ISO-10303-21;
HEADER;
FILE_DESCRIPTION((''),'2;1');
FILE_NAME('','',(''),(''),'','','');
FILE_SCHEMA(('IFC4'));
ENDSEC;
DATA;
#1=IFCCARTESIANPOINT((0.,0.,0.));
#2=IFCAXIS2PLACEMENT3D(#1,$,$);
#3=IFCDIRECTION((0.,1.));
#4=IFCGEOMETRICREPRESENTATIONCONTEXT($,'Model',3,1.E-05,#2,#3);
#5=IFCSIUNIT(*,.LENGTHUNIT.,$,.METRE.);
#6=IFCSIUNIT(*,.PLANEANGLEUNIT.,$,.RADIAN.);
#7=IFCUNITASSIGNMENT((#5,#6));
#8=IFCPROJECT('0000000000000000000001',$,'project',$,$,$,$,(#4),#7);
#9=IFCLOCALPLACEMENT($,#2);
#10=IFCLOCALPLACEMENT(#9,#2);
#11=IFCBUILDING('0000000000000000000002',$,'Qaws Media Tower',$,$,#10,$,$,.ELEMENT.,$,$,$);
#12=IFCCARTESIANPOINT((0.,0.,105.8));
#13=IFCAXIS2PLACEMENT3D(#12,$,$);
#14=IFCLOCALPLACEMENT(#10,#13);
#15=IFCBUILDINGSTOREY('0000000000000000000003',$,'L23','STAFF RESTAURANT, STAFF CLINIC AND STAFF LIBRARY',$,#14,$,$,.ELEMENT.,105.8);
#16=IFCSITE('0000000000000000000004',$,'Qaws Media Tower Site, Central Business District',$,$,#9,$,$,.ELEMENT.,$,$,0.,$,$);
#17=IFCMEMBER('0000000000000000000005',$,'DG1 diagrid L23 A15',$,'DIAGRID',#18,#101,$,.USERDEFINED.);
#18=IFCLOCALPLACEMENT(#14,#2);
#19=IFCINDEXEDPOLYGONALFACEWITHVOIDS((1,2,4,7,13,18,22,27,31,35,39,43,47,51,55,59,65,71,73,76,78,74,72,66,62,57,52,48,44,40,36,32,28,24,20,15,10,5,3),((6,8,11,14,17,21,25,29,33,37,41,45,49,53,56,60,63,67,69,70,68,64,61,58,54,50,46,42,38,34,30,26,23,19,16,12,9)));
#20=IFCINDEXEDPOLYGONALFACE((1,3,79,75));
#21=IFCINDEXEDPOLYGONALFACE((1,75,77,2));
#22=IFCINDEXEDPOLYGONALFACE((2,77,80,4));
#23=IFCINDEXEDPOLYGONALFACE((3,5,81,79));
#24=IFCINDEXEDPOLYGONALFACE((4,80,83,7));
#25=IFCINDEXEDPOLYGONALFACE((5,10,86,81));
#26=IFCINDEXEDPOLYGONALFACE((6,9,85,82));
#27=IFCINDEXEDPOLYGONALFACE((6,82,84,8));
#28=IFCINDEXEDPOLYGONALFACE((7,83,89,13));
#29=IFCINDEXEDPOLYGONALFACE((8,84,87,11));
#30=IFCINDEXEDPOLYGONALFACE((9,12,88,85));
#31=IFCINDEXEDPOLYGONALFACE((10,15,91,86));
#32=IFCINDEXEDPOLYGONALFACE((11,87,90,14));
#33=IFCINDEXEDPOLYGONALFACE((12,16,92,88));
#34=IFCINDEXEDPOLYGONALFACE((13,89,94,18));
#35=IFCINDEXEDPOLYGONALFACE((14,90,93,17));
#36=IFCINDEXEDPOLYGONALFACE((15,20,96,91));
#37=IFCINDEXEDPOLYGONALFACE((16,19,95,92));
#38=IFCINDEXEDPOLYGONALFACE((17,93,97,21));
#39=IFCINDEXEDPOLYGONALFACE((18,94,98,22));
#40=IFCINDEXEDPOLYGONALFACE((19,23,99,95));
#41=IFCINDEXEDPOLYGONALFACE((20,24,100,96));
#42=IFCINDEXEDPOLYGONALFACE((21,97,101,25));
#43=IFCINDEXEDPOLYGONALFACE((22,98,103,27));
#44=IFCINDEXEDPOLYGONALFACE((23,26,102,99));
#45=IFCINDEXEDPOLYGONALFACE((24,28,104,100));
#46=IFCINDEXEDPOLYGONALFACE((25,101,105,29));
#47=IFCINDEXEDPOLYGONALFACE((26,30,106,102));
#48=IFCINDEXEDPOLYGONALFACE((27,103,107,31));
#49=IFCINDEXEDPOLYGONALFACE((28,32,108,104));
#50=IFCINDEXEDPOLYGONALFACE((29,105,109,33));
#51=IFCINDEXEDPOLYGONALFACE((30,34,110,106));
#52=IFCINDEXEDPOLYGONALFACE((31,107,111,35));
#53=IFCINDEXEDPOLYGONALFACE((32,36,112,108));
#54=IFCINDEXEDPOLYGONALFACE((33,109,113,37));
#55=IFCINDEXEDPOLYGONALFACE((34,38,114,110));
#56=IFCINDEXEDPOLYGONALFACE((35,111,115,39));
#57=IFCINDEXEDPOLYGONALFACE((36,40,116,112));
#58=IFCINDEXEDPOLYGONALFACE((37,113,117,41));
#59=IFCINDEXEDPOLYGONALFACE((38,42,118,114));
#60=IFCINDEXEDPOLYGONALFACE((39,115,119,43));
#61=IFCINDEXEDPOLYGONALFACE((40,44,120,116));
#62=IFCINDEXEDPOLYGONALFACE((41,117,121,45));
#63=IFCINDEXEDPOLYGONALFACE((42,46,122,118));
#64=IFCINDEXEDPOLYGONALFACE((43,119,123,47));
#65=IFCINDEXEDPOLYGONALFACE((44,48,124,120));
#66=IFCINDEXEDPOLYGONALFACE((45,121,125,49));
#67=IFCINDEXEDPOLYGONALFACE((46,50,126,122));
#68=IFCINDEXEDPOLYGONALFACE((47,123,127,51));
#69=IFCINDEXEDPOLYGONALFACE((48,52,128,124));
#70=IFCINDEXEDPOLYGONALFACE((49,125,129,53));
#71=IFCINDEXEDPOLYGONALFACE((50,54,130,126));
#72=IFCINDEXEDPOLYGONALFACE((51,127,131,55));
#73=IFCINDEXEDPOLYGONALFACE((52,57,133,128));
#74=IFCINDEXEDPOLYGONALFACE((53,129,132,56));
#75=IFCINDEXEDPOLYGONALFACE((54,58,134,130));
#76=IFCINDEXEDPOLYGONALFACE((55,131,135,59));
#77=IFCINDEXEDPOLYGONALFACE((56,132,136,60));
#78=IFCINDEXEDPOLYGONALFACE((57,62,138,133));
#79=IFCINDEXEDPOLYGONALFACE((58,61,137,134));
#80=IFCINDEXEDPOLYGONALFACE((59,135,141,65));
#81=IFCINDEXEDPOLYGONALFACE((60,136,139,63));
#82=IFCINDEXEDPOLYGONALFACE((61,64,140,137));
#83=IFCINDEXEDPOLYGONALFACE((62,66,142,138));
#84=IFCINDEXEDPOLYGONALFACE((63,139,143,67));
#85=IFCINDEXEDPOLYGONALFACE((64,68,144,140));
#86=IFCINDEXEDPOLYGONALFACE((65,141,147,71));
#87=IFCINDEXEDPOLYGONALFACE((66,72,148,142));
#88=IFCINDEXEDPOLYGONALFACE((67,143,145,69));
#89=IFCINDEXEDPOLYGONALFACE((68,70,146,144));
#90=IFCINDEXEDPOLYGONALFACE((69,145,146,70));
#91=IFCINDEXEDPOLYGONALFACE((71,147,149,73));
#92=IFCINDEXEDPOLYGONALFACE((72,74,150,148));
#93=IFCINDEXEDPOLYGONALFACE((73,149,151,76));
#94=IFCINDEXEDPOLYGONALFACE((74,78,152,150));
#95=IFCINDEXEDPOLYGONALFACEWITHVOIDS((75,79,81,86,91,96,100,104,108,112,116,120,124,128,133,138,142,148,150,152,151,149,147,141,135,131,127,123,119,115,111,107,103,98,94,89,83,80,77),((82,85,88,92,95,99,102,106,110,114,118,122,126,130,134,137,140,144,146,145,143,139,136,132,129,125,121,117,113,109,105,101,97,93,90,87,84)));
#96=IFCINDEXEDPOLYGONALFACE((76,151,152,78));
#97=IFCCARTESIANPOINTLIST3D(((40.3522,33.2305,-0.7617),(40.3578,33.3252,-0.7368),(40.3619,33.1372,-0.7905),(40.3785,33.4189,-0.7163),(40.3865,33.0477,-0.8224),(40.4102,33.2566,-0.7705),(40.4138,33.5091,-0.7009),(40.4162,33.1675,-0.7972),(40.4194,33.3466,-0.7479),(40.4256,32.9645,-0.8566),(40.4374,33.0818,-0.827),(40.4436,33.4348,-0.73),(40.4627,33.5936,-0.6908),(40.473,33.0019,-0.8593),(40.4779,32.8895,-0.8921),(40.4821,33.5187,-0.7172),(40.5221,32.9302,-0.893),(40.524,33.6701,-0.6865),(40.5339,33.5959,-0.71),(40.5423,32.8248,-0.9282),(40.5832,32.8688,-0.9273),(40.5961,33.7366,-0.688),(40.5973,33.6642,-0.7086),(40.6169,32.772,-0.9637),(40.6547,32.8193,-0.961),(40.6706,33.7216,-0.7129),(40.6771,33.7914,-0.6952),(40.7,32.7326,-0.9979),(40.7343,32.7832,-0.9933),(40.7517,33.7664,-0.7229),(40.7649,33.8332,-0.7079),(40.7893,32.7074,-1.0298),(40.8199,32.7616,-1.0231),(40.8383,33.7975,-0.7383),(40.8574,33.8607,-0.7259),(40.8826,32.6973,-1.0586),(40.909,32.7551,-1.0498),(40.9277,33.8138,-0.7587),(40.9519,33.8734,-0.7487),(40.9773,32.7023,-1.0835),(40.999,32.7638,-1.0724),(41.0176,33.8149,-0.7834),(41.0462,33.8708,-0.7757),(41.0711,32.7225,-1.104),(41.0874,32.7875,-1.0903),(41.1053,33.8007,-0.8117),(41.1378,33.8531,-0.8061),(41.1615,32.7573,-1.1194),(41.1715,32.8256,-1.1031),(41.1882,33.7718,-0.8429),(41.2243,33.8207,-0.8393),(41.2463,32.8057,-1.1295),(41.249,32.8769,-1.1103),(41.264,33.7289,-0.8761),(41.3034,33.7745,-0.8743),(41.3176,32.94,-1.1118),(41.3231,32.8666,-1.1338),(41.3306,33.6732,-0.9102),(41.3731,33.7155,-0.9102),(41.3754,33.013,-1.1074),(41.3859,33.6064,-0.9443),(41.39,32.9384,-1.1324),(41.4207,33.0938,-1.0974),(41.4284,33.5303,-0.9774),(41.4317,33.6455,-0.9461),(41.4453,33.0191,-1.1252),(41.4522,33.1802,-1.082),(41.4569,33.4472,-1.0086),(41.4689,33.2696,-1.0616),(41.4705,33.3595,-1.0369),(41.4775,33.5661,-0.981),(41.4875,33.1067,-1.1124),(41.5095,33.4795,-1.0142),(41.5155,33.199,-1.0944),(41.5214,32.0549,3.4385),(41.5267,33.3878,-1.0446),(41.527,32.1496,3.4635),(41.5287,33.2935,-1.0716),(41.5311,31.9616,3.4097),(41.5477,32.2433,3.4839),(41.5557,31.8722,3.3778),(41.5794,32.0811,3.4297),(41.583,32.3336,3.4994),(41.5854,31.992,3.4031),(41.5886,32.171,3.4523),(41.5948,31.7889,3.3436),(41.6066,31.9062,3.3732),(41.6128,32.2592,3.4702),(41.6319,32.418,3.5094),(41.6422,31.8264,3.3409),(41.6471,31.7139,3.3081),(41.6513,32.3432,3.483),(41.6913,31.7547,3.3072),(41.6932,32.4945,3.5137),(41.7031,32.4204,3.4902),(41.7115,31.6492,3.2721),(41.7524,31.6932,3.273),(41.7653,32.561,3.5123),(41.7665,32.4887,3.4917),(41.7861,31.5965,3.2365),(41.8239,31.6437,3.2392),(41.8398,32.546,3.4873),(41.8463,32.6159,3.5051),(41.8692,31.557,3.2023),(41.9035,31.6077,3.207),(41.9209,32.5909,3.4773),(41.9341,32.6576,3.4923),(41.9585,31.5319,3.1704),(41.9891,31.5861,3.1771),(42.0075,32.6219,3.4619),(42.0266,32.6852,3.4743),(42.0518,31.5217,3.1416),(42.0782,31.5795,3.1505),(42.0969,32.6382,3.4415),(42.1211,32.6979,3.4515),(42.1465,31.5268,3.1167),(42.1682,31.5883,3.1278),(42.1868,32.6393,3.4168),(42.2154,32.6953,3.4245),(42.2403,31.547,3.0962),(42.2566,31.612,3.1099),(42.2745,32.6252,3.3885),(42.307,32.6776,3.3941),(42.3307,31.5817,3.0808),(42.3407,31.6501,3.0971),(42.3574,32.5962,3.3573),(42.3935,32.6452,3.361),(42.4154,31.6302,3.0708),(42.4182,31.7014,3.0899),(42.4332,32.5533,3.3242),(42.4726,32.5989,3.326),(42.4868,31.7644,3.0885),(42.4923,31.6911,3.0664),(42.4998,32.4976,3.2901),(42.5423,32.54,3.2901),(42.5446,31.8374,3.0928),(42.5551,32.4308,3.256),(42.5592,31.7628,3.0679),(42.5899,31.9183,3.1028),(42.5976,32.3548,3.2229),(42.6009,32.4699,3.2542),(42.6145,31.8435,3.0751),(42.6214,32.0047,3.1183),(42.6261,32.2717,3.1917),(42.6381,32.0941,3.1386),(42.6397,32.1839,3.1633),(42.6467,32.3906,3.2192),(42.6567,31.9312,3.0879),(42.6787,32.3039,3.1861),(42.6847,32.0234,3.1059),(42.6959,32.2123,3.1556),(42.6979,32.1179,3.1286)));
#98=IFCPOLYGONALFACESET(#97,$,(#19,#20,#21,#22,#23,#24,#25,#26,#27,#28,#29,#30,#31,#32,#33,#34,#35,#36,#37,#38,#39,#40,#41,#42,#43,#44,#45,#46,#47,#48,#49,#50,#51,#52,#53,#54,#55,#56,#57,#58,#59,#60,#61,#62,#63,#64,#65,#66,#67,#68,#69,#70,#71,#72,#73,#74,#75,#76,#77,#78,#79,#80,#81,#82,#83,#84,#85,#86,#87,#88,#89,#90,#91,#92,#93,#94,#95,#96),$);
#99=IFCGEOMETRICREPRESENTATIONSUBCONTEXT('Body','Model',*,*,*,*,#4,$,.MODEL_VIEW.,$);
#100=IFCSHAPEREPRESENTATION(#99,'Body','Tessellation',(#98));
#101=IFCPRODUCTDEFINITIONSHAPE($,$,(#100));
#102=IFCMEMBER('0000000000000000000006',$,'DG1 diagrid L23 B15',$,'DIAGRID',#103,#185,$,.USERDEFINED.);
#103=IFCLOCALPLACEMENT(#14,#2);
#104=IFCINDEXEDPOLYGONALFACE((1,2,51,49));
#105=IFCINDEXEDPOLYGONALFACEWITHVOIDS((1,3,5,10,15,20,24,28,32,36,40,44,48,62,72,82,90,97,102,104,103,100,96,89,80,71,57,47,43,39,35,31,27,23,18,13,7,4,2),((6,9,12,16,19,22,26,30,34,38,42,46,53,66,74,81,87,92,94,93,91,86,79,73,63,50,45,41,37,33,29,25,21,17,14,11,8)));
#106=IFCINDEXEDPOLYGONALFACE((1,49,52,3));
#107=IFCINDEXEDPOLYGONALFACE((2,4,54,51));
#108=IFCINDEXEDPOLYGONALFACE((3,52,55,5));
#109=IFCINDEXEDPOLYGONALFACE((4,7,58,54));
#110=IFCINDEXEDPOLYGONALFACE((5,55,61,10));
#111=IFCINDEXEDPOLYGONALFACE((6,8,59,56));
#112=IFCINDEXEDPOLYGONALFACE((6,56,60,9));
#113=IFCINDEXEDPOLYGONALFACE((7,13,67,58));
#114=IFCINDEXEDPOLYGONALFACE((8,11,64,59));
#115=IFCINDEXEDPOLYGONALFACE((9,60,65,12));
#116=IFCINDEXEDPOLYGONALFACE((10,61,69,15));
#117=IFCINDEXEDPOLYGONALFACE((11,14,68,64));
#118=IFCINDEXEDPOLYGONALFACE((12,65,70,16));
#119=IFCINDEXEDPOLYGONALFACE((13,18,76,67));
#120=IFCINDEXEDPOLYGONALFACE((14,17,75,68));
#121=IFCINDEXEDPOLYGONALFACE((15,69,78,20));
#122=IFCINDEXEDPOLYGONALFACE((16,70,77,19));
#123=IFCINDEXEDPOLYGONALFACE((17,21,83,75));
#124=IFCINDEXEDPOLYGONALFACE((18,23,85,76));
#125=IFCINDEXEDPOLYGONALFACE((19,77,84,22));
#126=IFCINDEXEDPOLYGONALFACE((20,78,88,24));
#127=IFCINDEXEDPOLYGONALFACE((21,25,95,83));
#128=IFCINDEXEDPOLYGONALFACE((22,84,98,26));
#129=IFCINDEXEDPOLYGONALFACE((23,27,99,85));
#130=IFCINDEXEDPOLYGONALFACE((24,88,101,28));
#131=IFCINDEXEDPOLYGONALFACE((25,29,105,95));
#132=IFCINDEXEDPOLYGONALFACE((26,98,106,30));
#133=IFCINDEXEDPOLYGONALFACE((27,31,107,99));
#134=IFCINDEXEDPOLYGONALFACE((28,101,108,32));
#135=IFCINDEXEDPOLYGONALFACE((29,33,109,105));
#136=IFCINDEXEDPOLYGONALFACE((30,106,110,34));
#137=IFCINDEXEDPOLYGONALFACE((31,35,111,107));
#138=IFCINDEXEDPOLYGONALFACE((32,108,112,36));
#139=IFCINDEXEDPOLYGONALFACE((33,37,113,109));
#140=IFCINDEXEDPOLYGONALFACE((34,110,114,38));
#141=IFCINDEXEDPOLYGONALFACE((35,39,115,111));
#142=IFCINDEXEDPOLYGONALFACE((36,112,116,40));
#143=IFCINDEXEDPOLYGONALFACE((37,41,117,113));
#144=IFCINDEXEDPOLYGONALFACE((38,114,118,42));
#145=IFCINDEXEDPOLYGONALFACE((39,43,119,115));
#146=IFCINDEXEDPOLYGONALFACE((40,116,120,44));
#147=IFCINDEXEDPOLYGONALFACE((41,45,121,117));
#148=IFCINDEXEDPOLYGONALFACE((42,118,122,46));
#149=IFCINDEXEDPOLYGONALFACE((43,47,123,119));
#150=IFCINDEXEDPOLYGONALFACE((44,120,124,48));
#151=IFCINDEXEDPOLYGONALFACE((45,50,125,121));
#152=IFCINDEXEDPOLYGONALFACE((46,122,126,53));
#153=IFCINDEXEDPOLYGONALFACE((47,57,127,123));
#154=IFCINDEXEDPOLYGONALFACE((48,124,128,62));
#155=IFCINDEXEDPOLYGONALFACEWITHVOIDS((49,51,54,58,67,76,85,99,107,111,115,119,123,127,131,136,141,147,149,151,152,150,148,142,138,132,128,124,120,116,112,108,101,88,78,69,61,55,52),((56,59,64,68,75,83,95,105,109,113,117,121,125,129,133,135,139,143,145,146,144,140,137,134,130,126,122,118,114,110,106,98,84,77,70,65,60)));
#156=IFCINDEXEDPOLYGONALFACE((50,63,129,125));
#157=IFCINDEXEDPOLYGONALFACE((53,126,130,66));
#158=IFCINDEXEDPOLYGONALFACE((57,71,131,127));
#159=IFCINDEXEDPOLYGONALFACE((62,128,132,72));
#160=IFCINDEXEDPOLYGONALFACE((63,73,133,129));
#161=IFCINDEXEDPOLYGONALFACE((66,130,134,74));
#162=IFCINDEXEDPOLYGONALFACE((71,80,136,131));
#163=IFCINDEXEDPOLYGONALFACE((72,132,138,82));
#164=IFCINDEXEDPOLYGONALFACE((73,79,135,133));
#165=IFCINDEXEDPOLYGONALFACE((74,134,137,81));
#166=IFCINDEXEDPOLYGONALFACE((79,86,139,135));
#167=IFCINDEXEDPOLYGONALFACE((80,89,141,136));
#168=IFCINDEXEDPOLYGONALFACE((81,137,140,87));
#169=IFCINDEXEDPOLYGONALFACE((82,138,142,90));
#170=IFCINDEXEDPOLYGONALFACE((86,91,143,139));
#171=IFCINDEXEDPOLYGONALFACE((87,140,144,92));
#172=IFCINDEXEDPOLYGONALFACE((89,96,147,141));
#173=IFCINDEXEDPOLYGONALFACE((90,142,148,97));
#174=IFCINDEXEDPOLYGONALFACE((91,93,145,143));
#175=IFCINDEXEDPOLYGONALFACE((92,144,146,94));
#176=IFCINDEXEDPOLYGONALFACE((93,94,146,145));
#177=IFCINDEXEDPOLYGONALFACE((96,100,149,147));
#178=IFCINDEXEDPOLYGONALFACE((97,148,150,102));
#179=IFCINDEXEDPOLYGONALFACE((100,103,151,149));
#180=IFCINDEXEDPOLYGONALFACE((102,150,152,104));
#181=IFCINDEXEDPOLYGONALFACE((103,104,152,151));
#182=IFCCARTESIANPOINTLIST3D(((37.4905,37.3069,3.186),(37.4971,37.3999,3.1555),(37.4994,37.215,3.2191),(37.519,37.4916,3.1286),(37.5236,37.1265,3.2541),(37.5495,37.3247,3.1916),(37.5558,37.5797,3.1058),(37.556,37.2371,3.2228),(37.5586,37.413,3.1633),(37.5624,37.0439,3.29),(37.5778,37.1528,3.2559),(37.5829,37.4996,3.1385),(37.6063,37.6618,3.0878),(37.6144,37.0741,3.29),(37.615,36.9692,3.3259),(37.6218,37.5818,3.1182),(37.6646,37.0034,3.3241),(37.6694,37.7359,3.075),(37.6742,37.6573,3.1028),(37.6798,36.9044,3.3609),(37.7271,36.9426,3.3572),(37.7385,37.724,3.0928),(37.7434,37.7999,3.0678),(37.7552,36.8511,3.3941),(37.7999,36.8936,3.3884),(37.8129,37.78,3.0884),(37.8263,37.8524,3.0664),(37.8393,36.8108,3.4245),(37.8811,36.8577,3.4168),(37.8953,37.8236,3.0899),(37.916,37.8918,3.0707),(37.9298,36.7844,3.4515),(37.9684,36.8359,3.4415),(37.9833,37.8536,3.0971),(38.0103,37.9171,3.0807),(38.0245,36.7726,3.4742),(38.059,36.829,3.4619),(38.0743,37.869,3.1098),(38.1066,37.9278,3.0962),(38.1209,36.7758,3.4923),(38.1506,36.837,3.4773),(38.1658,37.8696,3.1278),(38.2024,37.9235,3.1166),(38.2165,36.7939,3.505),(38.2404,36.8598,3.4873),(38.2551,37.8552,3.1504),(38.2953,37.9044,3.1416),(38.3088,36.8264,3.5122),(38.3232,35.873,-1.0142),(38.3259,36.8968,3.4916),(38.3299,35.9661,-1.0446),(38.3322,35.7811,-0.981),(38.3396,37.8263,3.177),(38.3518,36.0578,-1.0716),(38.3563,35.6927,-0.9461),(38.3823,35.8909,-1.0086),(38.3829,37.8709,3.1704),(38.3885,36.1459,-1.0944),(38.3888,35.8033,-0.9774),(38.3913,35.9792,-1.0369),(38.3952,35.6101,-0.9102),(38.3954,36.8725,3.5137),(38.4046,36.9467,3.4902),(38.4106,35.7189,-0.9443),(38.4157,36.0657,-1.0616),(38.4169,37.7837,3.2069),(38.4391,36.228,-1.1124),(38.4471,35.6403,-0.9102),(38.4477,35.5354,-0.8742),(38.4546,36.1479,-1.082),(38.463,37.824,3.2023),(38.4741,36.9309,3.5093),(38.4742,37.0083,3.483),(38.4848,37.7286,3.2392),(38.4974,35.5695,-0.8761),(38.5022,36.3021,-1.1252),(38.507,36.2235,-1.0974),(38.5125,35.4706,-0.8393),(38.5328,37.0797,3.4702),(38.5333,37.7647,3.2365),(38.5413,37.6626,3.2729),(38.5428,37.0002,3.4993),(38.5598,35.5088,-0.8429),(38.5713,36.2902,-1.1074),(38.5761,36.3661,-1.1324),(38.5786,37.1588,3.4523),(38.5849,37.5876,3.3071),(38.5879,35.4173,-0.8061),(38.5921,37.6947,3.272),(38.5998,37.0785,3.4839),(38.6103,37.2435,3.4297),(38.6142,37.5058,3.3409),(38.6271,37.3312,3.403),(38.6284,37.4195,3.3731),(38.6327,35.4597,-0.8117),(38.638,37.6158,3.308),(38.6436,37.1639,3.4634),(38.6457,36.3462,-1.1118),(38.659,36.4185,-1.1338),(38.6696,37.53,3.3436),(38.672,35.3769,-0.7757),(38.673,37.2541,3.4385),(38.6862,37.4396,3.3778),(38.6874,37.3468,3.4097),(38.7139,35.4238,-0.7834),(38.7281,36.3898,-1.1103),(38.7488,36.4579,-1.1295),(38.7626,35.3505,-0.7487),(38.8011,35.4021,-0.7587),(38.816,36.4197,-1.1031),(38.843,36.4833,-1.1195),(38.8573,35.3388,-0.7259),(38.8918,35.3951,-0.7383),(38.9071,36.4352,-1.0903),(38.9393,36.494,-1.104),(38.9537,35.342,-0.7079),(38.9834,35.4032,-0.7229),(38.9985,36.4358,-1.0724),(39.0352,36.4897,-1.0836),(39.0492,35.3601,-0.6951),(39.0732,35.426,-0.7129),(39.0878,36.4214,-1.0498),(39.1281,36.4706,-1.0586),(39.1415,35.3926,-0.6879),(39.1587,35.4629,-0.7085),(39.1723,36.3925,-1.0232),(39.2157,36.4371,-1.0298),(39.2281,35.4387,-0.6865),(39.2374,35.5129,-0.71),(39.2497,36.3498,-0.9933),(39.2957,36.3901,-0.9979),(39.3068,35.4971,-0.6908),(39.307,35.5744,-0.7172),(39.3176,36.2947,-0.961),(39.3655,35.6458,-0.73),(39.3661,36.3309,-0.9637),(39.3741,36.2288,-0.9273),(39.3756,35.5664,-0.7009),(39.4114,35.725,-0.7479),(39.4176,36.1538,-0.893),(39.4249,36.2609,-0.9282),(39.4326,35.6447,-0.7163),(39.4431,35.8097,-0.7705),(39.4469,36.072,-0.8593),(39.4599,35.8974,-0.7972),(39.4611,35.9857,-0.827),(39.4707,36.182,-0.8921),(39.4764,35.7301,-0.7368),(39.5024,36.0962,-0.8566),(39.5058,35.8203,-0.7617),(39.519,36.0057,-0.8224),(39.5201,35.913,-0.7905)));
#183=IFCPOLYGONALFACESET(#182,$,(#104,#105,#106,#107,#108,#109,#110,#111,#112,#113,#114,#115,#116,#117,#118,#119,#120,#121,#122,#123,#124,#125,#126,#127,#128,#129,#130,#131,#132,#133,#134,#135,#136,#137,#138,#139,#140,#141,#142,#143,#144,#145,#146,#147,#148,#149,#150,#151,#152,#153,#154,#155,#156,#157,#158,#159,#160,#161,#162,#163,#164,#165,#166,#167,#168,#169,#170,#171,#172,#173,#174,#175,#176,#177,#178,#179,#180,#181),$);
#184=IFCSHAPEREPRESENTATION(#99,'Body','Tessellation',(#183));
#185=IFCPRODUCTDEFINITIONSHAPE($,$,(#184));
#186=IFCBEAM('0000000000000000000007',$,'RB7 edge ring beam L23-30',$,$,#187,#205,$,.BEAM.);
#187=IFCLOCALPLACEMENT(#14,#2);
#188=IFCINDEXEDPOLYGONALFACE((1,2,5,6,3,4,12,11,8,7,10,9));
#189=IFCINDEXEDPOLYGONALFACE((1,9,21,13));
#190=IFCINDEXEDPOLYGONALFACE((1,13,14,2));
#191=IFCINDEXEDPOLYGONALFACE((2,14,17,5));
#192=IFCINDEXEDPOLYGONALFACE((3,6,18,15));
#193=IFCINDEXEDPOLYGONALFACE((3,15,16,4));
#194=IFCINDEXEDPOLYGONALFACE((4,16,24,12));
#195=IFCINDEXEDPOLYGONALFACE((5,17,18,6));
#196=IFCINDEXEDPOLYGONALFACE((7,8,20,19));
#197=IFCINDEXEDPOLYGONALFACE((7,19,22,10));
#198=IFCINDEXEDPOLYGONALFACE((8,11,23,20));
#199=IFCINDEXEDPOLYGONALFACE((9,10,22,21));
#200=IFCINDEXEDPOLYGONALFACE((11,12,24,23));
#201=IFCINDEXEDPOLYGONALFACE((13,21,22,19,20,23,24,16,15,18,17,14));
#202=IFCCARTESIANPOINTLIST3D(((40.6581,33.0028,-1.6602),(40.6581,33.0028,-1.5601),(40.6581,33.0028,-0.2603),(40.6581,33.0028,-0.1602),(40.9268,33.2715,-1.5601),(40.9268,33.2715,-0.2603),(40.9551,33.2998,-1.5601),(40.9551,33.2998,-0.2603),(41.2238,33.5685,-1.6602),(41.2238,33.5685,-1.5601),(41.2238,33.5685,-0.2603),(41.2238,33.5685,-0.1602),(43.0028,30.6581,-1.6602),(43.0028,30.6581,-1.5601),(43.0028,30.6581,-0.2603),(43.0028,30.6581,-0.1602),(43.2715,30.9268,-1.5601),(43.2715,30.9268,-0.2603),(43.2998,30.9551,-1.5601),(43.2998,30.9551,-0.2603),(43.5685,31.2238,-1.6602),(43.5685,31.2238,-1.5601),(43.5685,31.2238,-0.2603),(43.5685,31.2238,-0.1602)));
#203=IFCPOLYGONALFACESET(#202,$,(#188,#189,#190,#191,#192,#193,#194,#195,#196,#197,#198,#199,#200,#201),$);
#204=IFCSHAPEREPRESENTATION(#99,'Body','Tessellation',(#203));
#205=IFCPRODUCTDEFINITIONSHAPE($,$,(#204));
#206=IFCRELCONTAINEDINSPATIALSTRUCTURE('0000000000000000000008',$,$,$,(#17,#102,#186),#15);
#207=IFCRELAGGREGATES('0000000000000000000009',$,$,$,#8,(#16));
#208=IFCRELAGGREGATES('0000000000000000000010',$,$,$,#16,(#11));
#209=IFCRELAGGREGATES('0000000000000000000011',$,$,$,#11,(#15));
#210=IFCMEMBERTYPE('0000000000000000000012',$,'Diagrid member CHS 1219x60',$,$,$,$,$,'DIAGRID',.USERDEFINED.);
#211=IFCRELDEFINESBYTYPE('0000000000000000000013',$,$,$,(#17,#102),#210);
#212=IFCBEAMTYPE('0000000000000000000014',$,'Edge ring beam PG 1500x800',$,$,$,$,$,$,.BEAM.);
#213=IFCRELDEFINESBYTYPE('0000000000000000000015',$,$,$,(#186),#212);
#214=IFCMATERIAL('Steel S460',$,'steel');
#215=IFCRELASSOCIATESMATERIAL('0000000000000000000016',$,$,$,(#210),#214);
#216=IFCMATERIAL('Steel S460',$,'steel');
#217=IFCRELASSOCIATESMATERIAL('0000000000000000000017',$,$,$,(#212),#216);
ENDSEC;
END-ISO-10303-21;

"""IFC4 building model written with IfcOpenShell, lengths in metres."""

from ifc_helpers import new_model, si_unit, direction, frame, origin, origin_2d, place, context, subcontext, project, spatial, hollow_circle, i_section, extrude, material, material_profile, profile_set, type_object, element, save


model = new_model("IFC4")

# Units and contexts
model_context = context("Model", 3, precision=1e-05, world=origin(), true_north=direction((0.0, 1.0)))
body_context = subcontext(model_context, "Body", "Model", "MODEL_VIEW")
ifc_project = project(units=[si_unit("LENGTHUNIT", "METRE"), si_unit("PLANEANGLEUNIT", "RADIAN")], contexts=[model_context])

# Site, building, storey
site_placement = place(None, origin())
site = spatial("IfcSite", under=ifc_project, at=site_placement, Name="Qaws Media Tower Site, Central Business District", CompositionType="ELEMENT", RefElevation=0.0)
building_placement = place(site_placement, origin())
building = spatial("IfcBuilding", under=site, at=building_placement, Name="Qaws Media Tower", CompositionType="ELEMENT")
storey_placement = place(building_placement, frame((0.0, 0.0, 105.8)))
storey = spatial("IfcBuildingStorey", under=building, at=storey_placement, Name="L23", Description="STAFF RESTAURANT, STAFF CLINIC AND STAFF LIBRARY", CompositionType="ELEMENT", Elevation=105.8)

# Members
ifc_material_1 = material(Name="Steel S460", Category="steel")
ifc_material_profile_1 = material_profile(ifc_material_1, hollow_circle(Radius=0.6096, WallThickness=0.0601, at=origin_2d()), Name="CHS 1219x60")
ifc_profile_set_1 = profile_set([ifc_material_profile_1], Name="Steel S460")
member_type_1 = type_object("IfcMemberType", Name="Diagrid member CHS 1219x60", ElementType="DIAGRID", PredefinedType="USERDEFINED", material=ifc_profile_set_1)
for number, where, z_axis, x_axis, name in (
    (1, (40.9409, 33.2856, -0.9102), (0.258923, -0.260329, 0.930155), (0.709018, 0.70519, 0.0), "DG1 diagrid L23 A15"),
    (2, (38.9224, 35.9163, -0.9102), (-0.184418, 0.317527, 0.930143), (-0.864733, -0.502231, 0.0), "DG1 diagrid L23 B15"),
):
    element("IfcMember", number, at=place(storey_placement, frame(where, z_axis=z_axis, x_axis=x_axis)), inside=storey, type_object=member_type_1, Name=name, ObjectType="DIAGRID", PredefinedType="USERDEFINED", context=body_context, shape_type="SweptSolid", body=[
        extrude(hollow_circle(Radius=0.6096, WallThickness=0.0601, at=origin_2d()), origin(), (0.0, 0.0, 1.0), 4.5156),
    ])

# Beam
ifc_material_2 = material(Name="Steel S460", Category="steel")
ifc_material_profile_2 = material_profile(ifc_material_2, i_section(OverallWidth=0.8, OverallDepth=1.5, WebThickness=0.04, FlangeThickness=0.1001, at=origin_2d()), Name="PG 1500x800")
ifc_profile_set_2 = profile_set([ifc_material_profile_2], Name="Steel S460")
beam_type_1 = type_object("IfcBeamType", Name="Edge ring beam PG 1500x800", PredefinedType="BEAM", material=ifc_profile_set_2)
beam_1_placement = place(storey_placement, frame((40.9409, 33.2856, -0.9102), z_axis=(0.707107, -0.707107, 0.0), x_axis=(0.707107, 0.707107, 0.0)))
element("IfcBeam", 3, at=beam_1_placement, inside=storey, type_object=beam_type_1, Name="RB7 edge ring beam L23-30", PredefinedType="BEAM", context=body_context, shape_type="SweptSolid", body=[
    extrude(i_section(OverallWidth=0.8, OverallDepth=1.5, WebThickness=0.04, FlangeThickness=0.1001, at=origin_2d()), origin(), (0.0, 0.0, 1.0), 3.3159),
])

save(model, "model.ifc")
